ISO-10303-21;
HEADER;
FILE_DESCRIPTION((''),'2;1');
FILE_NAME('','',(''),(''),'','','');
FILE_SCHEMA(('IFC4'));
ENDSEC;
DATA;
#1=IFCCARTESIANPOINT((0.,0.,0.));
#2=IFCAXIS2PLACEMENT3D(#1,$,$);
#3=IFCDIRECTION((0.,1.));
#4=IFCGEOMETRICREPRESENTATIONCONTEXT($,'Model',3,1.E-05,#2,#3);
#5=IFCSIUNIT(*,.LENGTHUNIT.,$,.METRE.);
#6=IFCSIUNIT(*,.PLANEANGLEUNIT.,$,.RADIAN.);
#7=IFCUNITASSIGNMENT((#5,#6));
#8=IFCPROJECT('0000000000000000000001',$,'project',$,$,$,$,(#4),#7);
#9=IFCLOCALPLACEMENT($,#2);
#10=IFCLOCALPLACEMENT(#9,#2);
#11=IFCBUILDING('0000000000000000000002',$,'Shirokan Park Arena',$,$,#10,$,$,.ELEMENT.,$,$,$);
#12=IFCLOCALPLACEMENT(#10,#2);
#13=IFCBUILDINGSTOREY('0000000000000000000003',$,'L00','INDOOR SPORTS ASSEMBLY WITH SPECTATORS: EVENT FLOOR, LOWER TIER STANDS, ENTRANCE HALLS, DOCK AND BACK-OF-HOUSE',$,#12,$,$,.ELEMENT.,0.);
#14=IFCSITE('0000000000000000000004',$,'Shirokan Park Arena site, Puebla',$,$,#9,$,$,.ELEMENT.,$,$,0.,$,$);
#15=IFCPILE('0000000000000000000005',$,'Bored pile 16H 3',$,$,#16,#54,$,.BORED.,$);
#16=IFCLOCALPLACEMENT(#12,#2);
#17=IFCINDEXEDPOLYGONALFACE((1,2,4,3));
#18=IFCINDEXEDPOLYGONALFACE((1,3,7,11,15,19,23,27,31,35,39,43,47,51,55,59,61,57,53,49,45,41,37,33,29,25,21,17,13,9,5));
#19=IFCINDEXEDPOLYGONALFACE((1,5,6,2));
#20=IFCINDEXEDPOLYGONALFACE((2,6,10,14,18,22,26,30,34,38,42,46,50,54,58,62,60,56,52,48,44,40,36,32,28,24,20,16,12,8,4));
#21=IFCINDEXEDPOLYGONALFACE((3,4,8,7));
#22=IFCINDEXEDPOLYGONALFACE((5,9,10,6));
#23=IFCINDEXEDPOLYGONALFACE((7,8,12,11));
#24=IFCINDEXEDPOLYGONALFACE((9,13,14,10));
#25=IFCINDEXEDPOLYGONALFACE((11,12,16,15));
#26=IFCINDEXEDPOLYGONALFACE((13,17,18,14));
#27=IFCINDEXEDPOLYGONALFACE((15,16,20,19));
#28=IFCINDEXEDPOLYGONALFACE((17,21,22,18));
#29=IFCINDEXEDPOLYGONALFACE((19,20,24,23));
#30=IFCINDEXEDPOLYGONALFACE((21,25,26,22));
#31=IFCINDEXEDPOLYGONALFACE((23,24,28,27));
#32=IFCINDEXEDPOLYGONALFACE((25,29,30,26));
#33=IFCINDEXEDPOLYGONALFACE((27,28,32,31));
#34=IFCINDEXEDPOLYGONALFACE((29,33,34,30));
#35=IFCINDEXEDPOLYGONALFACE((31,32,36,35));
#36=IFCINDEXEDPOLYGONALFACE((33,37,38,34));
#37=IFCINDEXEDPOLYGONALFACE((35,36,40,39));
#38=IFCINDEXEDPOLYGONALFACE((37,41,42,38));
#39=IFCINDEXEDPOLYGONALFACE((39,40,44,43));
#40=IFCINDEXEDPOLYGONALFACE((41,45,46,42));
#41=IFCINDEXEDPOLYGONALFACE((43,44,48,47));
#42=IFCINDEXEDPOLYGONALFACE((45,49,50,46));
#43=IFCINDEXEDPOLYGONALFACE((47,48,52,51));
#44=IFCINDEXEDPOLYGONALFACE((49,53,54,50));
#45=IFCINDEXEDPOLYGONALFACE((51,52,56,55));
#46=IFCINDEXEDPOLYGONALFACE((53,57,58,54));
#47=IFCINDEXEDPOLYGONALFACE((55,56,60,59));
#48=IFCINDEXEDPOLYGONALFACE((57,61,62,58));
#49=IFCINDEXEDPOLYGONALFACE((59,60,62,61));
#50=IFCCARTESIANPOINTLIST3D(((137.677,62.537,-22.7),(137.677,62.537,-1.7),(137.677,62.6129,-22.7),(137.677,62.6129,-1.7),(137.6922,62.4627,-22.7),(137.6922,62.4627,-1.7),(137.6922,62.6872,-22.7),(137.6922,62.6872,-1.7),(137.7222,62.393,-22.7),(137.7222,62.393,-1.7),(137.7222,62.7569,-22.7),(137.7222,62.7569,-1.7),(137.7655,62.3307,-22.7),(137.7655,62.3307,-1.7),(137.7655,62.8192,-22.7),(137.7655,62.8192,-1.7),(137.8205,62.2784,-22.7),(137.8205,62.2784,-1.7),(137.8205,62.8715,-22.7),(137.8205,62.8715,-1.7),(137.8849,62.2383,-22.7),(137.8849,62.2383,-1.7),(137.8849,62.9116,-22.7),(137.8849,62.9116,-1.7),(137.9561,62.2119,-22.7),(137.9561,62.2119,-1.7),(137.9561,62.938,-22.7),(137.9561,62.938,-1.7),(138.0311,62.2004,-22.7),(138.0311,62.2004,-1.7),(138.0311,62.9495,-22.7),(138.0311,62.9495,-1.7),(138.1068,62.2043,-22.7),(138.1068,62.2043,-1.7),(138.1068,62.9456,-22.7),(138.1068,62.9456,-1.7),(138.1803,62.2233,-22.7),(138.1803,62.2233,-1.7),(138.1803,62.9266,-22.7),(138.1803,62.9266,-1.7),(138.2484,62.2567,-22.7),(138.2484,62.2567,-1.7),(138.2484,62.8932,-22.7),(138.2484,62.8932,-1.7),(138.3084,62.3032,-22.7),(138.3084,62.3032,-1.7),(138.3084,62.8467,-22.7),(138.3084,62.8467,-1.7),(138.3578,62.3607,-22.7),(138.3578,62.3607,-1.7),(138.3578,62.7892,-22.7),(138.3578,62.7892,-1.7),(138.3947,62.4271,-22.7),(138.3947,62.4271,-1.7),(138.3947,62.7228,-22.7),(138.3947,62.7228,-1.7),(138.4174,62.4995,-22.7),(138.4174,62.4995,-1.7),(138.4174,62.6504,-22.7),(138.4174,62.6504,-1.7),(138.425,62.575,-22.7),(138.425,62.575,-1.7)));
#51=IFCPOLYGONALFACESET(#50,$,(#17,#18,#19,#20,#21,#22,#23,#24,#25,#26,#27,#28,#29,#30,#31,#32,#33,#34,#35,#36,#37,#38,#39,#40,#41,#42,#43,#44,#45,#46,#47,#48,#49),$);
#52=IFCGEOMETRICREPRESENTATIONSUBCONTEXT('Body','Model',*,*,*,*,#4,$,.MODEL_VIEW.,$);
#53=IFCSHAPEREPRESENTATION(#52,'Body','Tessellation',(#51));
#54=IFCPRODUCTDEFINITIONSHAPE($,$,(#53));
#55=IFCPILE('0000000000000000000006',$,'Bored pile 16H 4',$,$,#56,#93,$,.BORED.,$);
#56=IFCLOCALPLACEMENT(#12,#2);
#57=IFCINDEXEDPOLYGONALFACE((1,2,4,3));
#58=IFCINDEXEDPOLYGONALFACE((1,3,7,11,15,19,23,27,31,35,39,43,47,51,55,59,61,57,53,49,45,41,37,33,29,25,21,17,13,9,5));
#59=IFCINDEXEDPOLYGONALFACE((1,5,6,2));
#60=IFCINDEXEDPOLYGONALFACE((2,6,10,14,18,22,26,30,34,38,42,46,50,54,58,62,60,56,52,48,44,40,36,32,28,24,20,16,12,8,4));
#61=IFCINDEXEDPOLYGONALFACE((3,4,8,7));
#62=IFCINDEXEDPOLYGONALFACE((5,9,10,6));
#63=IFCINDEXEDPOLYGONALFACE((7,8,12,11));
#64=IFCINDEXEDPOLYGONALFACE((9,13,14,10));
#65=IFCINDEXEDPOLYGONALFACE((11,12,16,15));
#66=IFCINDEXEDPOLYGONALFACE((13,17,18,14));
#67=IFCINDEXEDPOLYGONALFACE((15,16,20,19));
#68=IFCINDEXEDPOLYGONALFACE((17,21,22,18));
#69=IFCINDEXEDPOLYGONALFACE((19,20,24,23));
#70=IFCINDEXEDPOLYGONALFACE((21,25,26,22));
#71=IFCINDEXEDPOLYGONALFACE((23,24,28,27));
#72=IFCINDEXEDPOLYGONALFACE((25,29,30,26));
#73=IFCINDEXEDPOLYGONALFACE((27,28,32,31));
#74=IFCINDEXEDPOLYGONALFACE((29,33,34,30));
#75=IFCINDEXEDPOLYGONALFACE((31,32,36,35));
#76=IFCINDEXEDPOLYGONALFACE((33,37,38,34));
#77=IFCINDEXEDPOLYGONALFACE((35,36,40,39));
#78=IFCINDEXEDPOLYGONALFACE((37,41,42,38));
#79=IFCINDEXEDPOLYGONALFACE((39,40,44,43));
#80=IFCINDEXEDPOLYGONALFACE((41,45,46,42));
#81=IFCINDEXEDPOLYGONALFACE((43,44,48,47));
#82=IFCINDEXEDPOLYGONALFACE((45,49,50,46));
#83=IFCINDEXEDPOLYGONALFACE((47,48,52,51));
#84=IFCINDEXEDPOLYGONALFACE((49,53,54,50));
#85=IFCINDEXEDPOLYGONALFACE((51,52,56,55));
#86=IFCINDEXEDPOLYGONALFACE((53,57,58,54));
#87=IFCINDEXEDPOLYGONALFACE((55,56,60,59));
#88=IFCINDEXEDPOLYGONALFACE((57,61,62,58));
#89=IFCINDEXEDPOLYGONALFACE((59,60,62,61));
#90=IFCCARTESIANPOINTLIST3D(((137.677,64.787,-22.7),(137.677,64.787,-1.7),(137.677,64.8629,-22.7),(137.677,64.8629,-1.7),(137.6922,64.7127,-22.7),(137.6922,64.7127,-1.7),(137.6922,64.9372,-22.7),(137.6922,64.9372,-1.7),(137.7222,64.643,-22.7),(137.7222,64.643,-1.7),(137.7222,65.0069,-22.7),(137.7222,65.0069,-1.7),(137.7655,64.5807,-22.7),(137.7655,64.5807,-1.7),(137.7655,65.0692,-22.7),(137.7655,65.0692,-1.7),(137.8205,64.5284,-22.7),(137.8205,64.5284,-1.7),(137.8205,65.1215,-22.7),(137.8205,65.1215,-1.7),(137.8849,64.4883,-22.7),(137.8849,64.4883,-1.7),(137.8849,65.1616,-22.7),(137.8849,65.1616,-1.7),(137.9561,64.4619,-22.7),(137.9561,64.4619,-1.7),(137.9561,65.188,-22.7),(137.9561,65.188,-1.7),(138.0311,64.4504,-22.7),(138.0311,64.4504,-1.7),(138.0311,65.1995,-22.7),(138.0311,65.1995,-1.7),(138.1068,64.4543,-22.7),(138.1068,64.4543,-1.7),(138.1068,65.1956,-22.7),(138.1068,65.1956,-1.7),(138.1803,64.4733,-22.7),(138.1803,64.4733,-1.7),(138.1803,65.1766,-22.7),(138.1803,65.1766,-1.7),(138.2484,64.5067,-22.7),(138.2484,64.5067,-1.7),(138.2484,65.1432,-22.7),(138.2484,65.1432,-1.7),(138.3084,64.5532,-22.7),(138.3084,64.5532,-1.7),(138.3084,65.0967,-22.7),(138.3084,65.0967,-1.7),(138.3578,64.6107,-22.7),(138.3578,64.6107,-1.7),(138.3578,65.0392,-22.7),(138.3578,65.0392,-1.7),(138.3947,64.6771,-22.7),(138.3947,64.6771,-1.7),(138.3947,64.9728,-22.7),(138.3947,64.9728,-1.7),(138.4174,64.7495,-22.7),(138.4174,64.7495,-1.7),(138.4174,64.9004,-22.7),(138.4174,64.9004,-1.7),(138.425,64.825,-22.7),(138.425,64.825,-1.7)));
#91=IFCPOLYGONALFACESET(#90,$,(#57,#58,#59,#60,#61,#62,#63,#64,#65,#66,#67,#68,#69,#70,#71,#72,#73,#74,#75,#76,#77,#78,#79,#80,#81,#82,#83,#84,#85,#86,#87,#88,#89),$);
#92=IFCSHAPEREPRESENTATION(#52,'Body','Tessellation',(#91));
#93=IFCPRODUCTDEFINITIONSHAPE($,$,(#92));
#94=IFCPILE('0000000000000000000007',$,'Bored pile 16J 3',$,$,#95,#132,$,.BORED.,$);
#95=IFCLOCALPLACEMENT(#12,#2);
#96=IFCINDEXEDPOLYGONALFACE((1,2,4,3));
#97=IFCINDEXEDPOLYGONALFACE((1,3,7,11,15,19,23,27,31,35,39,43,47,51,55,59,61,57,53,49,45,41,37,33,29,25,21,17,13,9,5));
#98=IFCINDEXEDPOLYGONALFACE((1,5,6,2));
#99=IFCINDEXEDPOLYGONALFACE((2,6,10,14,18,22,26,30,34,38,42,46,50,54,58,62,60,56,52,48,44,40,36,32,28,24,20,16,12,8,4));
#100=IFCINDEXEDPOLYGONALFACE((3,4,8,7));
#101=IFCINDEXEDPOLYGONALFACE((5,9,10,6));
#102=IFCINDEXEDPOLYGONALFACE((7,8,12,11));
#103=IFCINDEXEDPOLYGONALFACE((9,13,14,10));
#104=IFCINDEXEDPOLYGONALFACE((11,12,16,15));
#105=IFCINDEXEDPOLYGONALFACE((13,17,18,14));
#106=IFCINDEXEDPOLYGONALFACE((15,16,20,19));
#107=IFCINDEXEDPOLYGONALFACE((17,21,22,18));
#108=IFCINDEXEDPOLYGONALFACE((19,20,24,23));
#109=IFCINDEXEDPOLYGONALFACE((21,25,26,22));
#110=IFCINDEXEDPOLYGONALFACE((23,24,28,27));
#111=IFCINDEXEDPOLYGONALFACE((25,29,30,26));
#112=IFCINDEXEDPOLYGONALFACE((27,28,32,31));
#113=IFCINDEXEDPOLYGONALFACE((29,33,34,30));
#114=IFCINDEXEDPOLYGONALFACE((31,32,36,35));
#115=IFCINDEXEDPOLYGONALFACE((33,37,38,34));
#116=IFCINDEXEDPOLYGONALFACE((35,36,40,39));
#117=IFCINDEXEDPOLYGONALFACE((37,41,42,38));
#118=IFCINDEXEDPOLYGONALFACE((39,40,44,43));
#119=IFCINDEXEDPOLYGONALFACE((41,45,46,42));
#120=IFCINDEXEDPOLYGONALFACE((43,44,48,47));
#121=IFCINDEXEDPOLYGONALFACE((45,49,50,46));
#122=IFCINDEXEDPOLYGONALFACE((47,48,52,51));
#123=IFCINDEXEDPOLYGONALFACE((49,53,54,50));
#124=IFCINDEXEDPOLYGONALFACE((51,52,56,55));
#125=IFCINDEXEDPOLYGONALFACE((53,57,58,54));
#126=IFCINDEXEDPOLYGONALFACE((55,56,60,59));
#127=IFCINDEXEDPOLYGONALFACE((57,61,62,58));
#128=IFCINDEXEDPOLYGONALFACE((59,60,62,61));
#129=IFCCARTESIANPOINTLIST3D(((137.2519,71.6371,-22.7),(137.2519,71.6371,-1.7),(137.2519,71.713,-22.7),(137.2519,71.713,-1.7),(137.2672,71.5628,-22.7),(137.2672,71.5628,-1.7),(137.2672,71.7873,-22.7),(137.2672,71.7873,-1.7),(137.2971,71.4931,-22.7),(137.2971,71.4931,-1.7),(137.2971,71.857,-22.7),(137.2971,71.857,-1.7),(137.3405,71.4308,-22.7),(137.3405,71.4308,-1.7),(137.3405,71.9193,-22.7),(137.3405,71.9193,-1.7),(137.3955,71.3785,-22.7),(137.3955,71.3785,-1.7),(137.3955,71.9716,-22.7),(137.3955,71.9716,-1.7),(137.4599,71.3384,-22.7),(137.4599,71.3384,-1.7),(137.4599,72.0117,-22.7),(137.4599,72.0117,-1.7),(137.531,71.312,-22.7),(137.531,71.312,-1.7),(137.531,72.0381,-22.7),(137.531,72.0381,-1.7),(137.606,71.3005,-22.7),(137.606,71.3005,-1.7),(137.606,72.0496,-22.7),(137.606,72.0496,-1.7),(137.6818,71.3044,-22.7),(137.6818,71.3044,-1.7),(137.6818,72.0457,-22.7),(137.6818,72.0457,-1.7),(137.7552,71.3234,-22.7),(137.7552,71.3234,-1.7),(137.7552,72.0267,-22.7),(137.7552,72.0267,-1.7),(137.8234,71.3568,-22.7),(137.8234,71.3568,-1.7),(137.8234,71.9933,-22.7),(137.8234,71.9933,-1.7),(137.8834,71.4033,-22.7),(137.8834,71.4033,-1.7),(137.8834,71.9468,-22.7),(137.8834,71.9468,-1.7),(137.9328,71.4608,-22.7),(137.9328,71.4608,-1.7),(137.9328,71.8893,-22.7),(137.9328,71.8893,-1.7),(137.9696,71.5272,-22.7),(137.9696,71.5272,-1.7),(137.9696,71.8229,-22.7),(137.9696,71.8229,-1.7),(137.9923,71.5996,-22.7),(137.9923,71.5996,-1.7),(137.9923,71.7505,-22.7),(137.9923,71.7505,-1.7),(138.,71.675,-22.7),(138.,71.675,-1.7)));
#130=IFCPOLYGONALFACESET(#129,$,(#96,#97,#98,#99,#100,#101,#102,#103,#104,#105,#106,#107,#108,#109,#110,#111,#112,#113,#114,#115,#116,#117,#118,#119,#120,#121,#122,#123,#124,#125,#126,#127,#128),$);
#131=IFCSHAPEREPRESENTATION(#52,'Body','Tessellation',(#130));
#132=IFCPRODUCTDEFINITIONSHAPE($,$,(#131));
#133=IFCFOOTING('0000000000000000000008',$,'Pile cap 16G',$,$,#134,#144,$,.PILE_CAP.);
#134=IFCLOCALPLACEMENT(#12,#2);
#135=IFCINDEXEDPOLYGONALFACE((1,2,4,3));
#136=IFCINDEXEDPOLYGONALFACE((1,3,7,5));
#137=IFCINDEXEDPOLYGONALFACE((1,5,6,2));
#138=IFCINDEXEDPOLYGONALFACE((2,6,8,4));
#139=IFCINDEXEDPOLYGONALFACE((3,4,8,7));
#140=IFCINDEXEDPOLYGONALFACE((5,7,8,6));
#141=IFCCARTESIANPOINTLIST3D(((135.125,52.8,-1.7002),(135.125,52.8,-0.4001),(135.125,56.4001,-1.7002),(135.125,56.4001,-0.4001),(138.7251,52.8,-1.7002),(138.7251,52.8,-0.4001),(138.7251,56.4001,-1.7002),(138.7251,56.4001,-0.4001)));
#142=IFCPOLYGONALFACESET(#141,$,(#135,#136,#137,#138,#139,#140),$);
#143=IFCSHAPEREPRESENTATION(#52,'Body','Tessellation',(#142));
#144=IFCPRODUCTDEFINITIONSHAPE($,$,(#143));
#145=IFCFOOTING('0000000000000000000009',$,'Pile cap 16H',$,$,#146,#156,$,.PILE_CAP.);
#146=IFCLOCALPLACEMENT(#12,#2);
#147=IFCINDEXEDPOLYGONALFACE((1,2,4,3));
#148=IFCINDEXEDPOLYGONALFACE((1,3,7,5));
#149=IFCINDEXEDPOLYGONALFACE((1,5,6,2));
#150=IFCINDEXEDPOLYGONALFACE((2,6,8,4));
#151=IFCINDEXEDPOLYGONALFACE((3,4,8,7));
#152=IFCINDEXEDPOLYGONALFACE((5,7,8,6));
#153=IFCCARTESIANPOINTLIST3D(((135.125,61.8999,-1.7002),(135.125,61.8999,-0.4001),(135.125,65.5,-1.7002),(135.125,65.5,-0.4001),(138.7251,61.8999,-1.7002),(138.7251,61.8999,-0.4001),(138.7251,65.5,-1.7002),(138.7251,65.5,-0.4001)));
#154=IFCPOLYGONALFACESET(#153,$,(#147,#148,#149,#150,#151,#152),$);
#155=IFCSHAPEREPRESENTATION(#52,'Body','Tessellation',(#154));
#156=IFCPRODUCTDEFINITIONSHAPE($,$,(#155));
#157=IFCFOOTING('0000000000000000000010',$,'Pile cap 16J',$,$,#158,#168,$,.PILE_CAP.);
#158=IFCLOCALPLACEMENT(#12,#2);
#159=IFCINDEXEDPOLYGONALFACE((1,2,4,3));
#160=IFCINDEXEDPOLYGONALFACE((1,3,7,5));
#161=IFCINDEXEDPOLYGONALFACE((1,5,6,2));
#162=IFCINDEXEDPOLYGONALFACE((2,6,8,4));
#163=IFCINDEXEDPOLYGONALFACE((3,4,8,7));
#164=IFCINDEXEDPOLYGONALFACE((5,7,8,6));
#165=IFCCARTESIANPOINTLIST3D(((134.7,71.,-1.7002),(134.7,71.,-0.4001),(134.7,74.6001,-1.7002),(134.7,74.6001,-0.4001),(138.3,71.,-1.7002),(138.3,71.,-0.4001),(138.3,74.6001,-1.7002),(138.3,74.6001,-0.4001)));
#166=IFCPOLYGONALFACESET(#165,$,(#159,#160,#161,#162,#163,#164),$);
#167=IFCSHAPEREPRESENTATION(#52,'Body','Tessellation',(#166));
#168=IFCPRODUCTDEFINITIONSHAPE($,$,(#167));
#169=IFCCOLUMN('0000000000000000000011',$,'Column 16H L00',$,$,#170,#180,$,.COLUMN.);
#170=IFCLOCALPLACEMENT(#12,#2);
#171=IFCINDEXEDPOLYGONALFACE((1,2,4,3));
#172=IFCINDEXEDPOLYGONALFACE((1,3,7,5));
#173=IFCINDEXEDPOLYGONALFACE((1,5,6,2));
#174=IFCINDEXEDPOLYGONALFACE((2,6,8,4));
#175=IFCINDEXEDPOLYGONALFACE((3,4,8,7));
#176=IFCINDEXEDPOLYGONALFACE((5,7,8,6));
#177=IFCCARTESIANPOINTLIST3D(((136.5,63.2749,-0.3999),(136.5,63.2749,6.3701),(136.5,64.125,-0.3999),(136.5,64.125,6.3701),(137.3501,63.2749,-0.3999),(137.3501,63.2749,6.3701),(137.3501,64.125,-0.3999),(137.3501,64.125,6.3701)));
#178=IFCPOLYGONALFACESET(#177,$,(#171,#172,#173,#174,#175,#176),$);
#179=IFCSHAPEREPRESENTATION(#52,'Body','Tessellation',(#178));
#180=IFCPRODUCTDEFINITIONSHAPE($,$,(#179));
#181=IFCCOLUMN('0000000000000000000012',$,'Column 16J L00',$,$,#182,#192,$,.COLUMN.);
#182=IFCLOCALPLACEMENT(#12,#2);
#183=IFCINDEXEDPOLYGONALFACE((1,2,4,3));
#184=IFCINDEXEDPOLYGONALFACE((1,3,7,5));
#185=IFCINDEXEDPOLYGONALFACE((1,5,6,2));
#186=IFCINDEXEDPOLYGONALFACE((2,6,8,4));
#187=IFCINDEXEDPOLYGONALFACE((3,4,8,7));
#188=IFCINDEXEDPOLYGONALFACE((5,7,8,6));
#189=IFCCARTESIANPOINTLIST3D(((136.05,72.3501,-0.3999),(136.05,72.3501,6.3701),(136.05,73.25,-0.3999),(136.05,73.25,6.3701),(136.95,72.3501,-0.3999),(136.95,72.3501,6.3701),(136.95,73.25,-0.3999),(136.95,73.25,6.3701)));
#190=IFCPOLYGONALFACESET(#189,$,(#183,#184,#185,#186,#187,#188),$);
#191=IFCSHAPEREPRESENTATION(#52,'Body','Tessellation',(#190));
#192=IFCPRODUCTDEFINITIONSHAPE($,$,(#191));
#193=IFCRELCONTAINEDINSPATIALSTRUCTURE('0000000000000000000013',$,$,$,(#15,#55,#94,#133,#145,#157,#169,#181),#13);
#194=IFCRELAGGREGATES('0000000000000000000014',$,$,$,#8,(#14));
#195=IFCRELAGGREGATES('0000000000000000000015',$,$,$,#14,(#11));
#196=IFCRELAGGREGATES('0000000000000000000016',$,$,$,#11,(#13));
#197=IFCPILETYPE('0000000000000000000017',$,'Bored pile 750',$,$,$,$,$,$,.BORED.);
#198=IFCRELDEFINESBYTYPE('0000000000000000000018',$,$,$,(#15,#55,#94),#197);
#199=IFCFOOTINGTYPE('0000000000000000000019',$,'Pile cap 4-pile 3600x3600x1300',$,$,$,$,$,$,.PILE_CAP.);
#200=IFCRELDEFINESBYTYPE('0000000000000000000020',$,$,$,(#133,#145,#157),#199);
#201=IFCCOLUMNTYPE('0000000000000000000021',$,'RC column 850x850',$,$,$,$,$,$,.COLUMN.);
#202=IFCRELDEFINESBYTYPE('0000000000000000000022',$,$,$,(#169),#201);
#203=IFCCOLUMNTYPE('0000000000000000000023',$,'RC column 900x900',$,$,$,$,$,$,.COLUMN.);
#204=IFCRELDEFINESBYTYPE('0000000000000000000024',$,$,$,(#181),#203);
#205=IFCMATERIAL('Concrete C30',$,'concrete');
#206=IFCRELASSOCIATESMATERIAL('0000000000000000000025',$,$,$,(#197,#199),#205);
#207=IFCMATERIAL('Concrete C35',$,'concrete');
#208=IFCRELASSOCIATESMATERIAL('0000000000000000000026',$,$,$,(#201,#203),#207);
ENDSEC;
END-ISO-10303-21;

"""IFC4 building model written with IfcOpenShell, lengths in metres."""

from ifc_helpers import new_model, si_unit, direction, frame, origin, origin_2d, place, context, subcontext, project, spatial, rectangle, circle, extrude, material, material_profile, profile_set, type_object, element, save


model = new_model("IFC4")

# Units and contexts
model_context = context("Model", 3, precision=1e-05, world=origin(), true_north=direction((0.0, 1.0)))
body_context = subcontext(model_context, "Body", "Model", "MODEL_VIEW")
ifc_project = project(units=[si_unit("LENGTHUNIT", "METRE"), si_unit("PLANEANGLEUNIT", "RADIAN")], contexts=[model_context])

# Site, building, storey
site_placement = place(None, origin())
site = spatial("IfcSite", under=ifc_project, at=site_placement, Name="Shirokan Park Arena site, Puebla", CompositionType="ELEMENT", RefElevation=0.0)
building_placement = place(site_placement, origin())
building = spatial("IfcBuilding", under=site, at=building_placement, Name="Shirokan Park Arena", CompositionType="ELEMENT")
storey_placement = place(building_placement, origin())
storey = spatial("IfcBuildingStorey", under=building, at=storey_placement, Name="L00", Description="INDOOR SPORTS ASSEMBLY WITH SPECTATORS: EVENT FLOOR, LOWER TIER STANDS, ENTRANCE HALLS, DOCK AND BACK-OF-HOUSE", CompositionType="ELEMENT", Elevation=0.0)

# Piles
ifc_material_1 = material(Name="Concrete C30", Category="concrete")
ifc_material_profile_1 = material_profile(ifc_material_1, circle(Radius=0.375, at=origin_2d()), Name="D750")
ifc_profile_set_1 = profile_set([ifc_material_profile_1], Name="Concrete C30")
pile_type_1 = type_object("IfcPileType", Name="Bored pile 750", PredefinedType="BORED", material=ifc_profile_set_1)
for number, where, z_axis, x_axis, name in (
    (1, (138.05, 62.575, -1.7), (0.0, 0.0, -1.0), (1.0, 0.0, 0.0), "Bored pile 16H 3"),
    (2, (138.05, 64.825, -1.7), (0.0, 0.0, -1.0), (1.0, 0.0, 0.0), "Bored pile 16H 4"),
    (3, (137.625, 71.675, -1.7), (0.0, 0.0, -1.0), (1.0, 0.0, 0.0), "Bored pile 16J 3"),
):
    element("IfcPile", number, at=place(storey_placement, frame(where, z_axis=z_axis, x_axis=x_axis)), inside=storey, type_object=pile_type_1, Name=name, PredefinedType="BORED", context=body_context, shape_type="SweptSolid", body=[
        extrude(circle(Radius=0.375, at=origin_2d()), origin(), (0.0, 0.0, 1.0), 21.0),
    ])

# Footings
footing_type = type_object("IfcFootingType", Name="Pile cap 4-pile 3600x3600x1300", PredefinedType="PILE_CAP", material=ifc_material_1)
for number, where, z_axis, x_axis, name in (
    (4, (136.925, 54.6001, -1.7002), (0.0, 0.0, 1.0), (1.0, 0.0, 0.0), "Pile cap 16G"),
    (5, (136.925, 63.7, -1.7002), (0.0, 0.0, 1.0), (1.0, 0.0, 0.0), "Pile cap 16H"),
    (6, (136.5, 72.8, -1.7002), (0.0, 0.0, 1.0), (1.0, 0.0, 0.0), "Pile cap 16J"),
):
    element("IfcFooting", number, at=place(storey_placement, frame(where, z_axis=z_axis, x_axis=x_axis)), inside=storey, type_object=footing_type, Name=name, PredefinedType="PILE_CAP", context=body_context, shape_type="SweptSolid", body=[
        extrude(rectangle(XDim=3.6001, YDim=3.6001, at=origin_2d()), origin(), (0.0, 0.0, 1.0), 1.3),
    ])

# Columns
ifc_material_2 = material(Name="Concrete C35", Category="concrete")
ifc_material_profile_2 = material_profile(ifc_material_2, rectangle(XDim=0.8501, YDim=0.8501, at=origin_2d()), Name="850x850")
ifc_profile_set_2 = profile_set([ifc_material_profile_2], Name="Concrete C35")
column_type_1 = type_object("IfcColumnType", Name="RC column 850x850", PredefinedType="COLUMN", material=ifc_profile_set_2)
column_1_placement = place(storey_placement, frame((136.925, 63.7, -0.3999), z_axis=(0.0, 0.0, 1.0), x_axis=(1.0, 0.0, 0.0)))
element("IfcColumn", 7, at=column_1_placement, inside=storey, type_object=column_type_1, Name="Column 16H L00", PredefinedType="COLUMN", context=body_context, shape_type="SweptSolid", body=[
    extrude(rectangle(XDim=0.8501, YDim=0.8501, at=origin_2d()), origin(), (0.0, 0.0, 1.0), 6.77),
])
ifc_material_profile_3 = material_profile(ifc_material_2, rectangle(XDim=0.8999, YDim=0.8999, at=origin_2d()), Name="900x900")
ifc_profile_set_3 = profile_set([ifc_material_profile_3], Name="Concrete C35")
column_type_2 = type_object("IfcColumnType", Name="RC column 900x900", PredefinedType="COLUMN", material=ifc_profile_set_3)
column_2_placement = place(storey_placement, frame((136.5, 72.8, -0.3999), z_axis=(0.0, 0.0, 1.0), x_axis=(1.0, 0.0, 0.0)))
element("IfcColumn", 8, at=column_2_placement, inside=storey, type_object=column_type_2, Name="Column 16J L00", PredefinedType="COLUMN", context=body_context, shape_type="SweptSolid", body=[
    extrude(rectangle(XDim=0.8999, YDim=0.8999, at=origin_2d()), origin(), (0.0, 0.0, 1.0), 6.77),
])

save(model, "model.ifc")
